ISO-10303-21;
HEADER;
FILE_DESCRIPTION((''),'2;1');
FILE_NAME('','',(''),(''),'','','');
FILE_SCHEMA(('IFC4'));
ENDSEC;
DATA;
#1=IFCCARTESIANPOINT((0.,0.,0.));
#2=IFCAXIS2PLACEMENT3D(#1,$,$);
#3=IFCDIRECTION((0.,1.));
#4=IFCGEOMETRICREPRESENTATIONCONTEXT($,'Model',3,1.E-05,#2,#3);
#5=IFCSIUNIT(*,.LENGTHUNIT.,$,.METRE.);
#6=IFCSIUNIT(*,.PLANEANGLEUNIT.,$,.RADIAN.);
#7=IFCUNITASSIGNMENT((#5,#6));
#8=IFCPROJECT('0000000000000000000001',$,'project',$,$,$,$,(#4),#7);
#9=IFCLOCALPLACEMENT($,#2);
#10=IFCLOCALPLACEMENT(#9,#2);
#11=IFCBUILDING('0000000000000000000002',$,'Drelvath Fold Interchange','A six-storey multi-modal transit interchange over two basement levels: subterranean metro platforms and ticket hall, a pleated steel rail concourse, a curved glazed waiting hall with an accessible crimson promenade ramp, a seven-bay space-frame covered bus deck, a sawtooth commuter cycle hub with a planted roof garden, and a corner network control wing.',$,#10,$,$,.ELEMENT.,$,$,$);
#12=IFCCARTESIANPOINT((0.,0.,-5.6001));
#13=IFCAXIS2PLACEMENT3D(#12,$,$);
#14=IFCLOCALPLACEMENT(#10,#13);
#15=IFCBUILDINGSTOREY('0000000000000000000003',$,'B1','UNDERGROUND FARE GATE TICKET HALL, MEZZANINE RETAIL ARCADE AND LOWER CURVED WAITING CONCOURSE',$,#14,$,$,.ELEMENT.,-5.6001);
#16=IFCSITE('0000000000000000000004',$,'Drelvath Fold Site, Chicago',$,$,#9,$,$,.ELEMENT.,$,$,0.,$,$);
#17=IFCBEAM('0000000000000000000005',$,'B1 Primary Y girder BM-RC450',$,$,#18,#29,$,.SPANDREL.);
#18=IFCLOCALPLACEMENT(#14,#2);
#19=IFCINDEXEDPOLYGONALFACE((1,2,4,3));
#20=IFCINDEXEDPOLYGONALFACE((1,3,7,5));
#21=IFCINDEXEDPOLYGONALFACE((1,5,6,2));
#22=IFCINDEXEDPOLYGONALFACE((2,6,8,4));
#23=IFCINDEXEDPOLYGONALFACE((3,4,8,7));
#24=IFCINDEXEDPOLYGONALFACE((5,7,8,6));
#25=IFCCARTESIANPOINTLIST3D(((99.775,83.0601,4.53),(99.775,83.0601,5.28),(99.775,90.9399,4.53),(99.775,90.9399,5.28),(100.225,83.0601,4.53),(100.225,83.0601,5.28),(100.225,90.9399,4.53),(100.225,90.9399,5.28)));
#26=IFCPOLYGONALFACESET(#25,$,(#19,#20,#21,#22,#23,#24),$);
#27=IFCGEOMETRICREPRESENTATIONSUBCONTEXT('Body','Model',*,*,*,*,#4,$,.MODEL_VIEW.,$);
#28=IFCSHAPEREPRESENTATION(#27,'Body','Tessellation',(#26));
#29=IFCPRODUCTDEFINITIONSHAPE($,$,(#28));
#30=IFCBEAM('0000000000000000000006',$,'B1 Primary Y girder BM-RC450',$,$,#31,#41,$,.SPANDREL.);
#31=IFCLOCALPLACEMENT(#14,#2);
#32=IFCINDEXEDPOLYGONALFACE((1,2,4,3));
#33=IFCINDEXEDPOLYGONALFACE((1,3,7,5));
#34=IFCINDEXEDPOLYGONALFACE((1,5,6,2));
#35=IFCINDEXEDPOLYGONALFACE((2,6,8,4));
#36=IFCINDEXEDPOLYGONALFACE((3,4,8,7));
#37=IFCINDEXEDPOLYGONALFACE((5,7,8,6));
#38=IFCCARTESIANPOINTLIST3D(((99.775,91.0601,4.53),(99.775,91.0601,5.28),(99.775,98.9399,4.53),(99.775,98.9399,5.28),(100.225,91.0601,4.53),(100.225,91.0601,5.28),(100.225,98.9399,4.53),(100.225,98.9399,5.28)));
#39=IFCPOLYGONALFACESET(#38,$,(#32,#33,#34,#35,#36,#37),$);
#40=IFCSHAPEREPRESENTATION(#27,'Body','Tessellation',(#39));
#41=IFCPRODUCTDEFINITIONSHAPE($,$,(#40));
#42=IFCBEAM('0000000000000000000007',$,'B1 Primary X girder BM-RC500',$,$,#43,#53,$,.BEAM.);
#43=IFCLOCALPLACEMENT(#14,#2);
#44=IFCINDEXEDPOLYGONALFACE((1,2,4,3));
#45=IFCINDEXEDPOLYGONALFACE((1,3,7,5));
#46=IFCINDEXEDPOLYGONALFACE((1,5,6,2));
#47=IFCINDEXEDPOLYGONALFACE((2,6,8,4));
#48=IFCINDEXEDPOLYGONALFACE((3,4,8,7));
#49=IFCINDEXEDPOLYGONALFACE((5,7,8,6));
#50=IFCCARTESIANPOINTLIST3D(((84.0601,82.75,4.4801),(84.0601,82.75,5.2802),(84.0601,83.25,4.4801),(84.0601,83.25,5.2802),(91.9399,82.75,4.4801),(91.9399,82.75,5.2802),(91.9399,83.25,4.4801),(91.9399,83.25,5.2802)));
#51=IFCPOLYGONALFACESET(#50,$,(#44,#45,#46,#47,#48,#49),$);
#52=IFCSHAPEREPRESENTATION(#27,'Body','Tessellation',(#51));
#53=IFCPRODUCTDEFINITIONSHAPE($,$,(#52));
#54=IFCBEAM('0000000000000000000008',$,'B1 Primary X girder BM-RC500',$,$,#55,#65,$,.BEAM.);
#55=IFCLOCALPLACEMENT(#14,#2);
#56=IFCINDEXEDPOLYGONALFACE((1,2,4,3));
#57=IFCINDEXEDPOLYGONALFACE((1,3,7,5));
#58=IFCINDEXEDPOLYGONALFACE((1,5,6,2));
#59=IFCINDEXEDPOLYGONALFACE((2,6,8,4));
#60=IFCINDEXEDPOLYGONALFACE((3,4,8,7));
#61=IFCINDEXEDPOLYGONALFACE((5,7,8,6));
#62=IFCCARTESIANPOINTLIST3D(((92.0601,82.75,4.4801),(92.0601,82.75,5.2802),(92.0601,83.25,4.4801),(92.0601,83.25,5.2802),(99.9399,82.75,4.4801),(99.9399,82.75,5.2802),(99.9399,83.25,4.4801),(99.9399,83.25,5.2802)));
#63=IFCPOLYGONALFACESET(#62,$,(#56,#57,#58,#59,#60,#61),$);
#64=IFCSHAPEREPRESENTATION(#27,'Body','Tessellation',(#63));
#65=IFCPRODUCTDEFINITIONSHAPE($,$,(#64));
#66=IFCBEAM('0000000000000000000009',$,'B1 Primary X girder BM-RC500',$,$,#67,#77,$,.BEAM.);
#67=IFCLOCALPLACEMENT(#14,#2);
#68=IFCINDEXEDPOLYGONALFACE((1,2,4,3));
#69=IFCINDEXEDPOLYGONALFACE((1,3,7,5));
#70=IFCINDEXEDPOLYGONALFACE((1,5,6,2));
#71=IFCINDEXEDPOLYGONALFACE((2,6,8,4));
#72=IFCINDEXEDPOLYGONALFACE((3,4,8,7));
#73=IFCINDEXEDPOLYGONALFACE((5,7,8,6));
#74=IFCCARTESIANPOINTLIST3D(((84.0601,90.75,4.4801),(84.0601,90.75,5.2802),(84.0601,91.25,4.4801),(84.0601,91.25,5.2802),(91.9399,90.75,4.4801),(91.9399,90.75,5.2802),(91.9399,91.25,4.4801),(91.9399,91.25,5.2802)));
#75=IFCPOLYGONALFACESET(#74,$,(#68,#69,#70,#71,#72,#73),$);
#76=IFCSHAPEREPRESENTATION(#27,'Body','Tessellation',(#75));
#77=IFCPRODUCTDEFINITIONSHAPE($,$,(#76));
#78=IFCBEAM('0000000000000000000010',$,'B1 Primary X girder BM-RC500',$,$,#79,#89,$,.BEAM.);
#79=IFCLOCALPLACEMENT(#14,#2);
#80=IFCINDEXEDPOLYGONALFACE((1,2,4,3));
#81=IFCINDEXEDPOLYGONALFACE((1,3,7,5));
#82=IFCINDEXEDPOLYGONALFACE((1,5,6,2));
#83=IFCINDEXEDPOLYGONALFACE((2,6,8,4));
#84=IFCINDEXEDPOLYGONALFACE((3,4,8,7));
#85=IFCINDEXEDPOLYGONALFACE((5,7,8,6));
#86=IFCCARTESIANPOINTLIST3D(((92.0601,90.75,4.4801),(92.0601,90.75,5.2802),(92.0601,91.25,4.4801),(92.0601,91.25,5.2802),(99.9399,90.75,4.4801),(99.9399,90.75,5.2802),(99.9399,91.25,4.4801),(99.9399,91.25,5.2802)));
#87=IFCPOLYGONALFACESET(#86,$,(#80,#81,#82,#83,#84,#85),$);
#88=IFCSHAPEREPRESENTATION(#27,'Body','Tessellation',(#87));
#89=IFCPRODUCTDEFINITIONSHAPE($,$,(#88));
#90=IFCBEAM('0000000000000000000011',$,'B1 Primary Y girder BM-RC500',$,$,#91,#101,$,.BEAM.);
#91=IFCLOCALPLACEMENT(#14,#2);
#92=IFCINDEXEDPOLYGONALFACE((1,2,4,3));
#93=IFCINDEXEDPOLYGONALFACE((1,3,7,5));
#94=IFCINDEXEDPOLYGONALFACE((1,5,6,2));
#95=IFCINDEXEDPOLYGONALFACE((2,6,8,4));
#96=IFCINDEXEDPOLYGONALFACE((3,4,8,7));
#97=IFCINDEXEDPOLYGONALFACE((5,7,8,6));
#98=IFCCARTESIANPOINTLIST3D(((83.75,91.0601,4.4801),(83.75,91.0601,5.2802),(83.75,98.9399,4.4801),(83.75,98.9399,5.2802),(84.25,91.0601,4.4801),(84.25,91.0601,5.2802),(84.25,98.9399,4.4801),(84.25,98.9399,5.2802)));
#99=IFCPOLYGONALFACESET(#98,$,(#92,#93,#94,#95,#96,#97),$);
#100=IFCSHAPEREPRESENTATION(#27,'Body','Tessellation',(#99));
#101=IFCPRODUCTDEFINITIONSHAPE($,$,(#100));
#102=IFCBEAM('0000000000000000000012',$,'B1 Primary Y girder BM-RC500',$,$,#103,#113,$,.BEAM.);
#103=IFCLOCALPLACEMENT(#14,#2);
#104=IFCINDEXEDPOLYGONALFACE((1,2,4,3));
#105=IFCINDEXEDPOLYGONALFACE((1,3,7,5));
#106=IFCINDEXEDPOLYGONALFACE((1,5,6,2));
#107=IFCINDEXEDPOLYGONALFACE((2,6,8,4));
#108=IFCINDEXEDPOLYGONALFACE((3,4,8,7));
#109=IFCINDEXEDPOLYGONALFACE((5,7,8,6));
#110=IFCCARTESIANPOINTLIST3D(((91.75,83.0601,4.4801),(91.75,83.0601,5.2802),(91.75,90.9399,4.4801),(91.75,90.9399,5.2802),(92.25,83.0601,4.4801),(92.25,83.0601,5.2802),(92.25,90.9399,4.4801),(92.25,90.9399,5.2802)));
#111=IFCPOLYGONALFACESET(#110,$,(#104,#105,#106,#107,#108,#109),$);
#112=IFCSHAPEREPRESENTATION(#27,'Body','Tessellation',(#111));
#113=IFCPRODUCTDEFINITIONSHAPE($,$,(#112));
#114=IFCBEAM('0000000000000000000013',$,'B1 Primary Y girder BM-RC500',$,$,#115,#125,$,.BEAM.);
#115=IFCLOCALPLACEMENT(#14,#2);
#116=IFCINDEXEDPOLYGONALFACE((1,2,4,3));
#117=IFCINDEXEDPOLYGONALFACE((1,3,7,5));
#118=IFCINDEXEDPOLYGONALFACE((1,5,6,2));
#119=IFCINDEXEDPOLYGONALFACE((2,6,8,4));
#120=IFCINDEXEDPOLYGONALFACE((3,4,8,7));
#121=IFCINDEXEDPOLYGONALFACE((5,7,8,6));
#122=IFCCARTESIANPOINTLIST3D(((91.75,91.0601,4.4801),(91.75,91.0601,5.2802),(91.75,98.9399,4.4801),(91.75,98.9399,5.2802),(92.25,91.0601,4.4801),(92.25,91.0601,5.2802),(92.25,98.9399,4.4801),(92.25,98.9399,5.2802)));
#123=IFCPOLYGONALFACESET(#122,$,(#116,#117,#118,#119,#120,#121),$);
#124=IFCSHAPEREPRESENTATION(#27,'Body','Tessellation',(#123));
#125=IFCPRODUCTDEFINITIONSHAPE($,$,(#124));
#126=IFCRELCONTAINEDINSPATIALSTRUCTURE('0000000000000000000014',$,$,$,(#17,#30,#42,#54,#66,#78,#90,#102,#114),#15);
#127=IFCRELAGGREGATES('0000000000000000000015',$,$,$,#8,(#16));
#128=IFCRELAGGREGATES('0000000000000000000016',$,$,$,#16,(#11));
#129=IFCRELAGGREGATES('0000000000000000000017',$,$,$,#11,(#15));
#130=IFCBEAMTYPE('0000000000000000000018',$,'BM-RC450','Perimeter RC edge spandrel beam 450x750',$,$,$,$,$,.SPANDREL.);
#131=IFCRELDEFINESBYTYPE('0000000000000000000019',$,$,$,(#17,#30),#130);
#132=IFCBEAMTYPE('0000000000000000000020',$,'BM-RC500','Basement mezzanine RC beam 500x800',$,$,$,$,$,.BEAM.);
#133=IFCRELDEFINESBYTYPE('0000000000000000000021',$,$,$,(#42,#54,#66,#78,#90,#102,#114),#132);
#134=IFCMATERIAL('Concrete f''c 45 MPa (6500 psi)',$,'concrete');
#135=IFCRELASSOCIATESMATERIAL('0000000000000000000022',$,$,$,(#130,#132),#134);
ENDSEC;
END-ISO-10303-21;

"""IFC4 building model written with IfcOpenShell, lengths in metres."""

from ifc_helpers import new_model, si_unit, direction, frame, origin, origin_2d, place, context, subcontext, project, spatial, rectangle, extrude, material, material_profile, profile_set, type_object, element, save


model = new_model("IFC4")

# Units and contexts
model_context = context("Model", 3, precision=1e-05, world=origin(), true_north=direction((0.0, 1.0)))
body_context = subcontext(model_context, "Body", "Model", "MODEL_VIEW")
ifc_project = project(units=[si_unit("LENGTHUNIT", "METRE"), si_unit("PLANEANGLEUNIT", "RADIAN")], contexts=[model_context])

# Site, building, storey
site_placement = place(None, origin())
site = spatial("IfcSite", under=ifc_project, at=site_placement, Name="Drelvath Fold Site, Chicago", CompositionType="ELEMENT", RefElevation=0.0)
building_placement = place(site_placement, origin())
building = spatial("IfcBuilding", under=site, at=building_placement, Name="Drelvath Fold Interchange", Description="A six-storey multi-modal transit interchange over two basement levels: subterranean metro platforms and ticket hall, a pleated steel rail concourse, a curved glazed waiting hall with an accessible crimson promenade ramp, a seven-bay space-frame covered bus deck, a sawtooth commuter cycle hub with a planted roof garden, and a corner network control wing.", CompositionType="ELEMENT")
storey_placement = place(building_placement, frame((0.0, 0.0, -5.6001)))
storey = spatial("IfcBuildingStorey", under=building, at=storey_placement, Name="B1", Description="UNDERGROUND FARE GATE TICKET HALL, MEZZANINE RETAIL ARCADE AND LOWER CURVED WAITING CONCOURSE", CompositionType="ELEMENT", Elevation=-5.6001)

# Beams
ifc_material_1 = material(Name="Concrete f'c 45 MPa (6500 psi)", Category="concrete")
ifc_material_profile_1 = material_profile(ifc_material_1, rectangle(XDim=0.45, YDim=0.75, at=origin_2d()), Name="RC 450x750")
ifc_profile_set_1 = profile_set([ifc_material_profile_1], Name="Concrete f'c 45 MPa (6500 psi)")
beam_type_1 = type_object("IfcBeamType", Name="BM-RC450", Description="Perimeter RC edge spandrel beam 450x750", PredefinedType="SPANDREL", material=ifc_profile_set_1)
for number, where, z_axis, x_axis, name in (
    (1, (100.0, 83.0601, 4.905), (0.0, 1.0, 0.0), (-1.0, 0.0, 0.0), "B1 Primary Y girder BM-RC450"),
    (2, (100.0, 91.0601, 4.905), (0.0, 1.0, 0.0), (-1.0, 0.0, 0.0), "B1 Primary Y girder BM-RC450"),
):
    element("IfcBeam", number, at=place(storey_placement, frame(where, z_axis=z_axis, x_axis=x_axis)), inside=storey, type_object=beam_type_1, Name=name, PredefinedType="SPANDREL", context=body_context, shape_type="SweptSolid", body=[
        extrude(rectangle(XDim=0.45, YDim=0.75, at=origin_2d()), origin(), (0.0, 0.0, 1.0), 7.8799),
    ])
ifc_material_profile_2 = material_profile(ifc_material_1, rectangle(XDim=0.5, YDim=0.8, at=origin_2d()), Name="RC 500x800")
ifc_profile_set_2 = profile_set([ifc_material_profile_2], Name="Concrete f'c 45 MPa (6500 psi)")
beam_type_2 = type_object("IfcBeamType", Name="BM-RC500", Description="Basement mezzanine RC beam 500x800", PredefinedType="BEAM", material=ifc_profile_set_2)
for number, where, z_axis, x_axis, name in (
    (3, (84.0601, 83.0, 4.8801), (1.0, 0.0, 0.0), (0.0, 1.0, 0.0), "B1 Primary X girder BM-RC500"),
    (4, (92.0601, 83.0, 4.8801), (1.0, 0.0, 0.0), (0.0, 1.0, 0.0), "B1 Primary X girder BM-RC500"),
    (5, (84.0601, 91.0, 4.8801), (1.0, 0.0, 0.0), (0.0, 1.0, 0.0), "B1 Primary X girder BM-RC500"),
    (6, (92.0601, 91.0, 4.8801), (1.0, 0.0, 0.0), (0.0, 1.0, 0.0), "B1 Primary X girder BM-RC500"),
    (7, (84.0, 91.0601, 4.8801), (0.0, 1.0, 0.0), (-1.0, 0.0, 0.0), "B1 Primary Y girder BM-RC500"),
    (8, (92.0, 83.0601, 4.8801), (0.0, 1.0, 0.0), (-1.0, 0.0, 0.0), "B1 Primary Y girder BM-RC500"),
    (9, (92.0, 91.0601, 4.8801), (0.0, 1.0, 0.0), (-1.0, 0.0, 0.0), "B1 Primary Y girder BM-RC500"),
):
    element("IfcBeam", number, at=place(storey_placement, frame(where, z_axis=z_axis, x_axis=x_axis)), inside=storey, type_object=beam_type_2, Name=name, PredefinedType="BEAM", context=body_context, shape_type="SweptSolid", body=[
        extrude(rectangle(XDim=0.5, YDim=0.8, at=origin_2d()), origin(), (0.0, 0.0, 1.0), 7.8799),
    ])

save(model, "model.ifc")
